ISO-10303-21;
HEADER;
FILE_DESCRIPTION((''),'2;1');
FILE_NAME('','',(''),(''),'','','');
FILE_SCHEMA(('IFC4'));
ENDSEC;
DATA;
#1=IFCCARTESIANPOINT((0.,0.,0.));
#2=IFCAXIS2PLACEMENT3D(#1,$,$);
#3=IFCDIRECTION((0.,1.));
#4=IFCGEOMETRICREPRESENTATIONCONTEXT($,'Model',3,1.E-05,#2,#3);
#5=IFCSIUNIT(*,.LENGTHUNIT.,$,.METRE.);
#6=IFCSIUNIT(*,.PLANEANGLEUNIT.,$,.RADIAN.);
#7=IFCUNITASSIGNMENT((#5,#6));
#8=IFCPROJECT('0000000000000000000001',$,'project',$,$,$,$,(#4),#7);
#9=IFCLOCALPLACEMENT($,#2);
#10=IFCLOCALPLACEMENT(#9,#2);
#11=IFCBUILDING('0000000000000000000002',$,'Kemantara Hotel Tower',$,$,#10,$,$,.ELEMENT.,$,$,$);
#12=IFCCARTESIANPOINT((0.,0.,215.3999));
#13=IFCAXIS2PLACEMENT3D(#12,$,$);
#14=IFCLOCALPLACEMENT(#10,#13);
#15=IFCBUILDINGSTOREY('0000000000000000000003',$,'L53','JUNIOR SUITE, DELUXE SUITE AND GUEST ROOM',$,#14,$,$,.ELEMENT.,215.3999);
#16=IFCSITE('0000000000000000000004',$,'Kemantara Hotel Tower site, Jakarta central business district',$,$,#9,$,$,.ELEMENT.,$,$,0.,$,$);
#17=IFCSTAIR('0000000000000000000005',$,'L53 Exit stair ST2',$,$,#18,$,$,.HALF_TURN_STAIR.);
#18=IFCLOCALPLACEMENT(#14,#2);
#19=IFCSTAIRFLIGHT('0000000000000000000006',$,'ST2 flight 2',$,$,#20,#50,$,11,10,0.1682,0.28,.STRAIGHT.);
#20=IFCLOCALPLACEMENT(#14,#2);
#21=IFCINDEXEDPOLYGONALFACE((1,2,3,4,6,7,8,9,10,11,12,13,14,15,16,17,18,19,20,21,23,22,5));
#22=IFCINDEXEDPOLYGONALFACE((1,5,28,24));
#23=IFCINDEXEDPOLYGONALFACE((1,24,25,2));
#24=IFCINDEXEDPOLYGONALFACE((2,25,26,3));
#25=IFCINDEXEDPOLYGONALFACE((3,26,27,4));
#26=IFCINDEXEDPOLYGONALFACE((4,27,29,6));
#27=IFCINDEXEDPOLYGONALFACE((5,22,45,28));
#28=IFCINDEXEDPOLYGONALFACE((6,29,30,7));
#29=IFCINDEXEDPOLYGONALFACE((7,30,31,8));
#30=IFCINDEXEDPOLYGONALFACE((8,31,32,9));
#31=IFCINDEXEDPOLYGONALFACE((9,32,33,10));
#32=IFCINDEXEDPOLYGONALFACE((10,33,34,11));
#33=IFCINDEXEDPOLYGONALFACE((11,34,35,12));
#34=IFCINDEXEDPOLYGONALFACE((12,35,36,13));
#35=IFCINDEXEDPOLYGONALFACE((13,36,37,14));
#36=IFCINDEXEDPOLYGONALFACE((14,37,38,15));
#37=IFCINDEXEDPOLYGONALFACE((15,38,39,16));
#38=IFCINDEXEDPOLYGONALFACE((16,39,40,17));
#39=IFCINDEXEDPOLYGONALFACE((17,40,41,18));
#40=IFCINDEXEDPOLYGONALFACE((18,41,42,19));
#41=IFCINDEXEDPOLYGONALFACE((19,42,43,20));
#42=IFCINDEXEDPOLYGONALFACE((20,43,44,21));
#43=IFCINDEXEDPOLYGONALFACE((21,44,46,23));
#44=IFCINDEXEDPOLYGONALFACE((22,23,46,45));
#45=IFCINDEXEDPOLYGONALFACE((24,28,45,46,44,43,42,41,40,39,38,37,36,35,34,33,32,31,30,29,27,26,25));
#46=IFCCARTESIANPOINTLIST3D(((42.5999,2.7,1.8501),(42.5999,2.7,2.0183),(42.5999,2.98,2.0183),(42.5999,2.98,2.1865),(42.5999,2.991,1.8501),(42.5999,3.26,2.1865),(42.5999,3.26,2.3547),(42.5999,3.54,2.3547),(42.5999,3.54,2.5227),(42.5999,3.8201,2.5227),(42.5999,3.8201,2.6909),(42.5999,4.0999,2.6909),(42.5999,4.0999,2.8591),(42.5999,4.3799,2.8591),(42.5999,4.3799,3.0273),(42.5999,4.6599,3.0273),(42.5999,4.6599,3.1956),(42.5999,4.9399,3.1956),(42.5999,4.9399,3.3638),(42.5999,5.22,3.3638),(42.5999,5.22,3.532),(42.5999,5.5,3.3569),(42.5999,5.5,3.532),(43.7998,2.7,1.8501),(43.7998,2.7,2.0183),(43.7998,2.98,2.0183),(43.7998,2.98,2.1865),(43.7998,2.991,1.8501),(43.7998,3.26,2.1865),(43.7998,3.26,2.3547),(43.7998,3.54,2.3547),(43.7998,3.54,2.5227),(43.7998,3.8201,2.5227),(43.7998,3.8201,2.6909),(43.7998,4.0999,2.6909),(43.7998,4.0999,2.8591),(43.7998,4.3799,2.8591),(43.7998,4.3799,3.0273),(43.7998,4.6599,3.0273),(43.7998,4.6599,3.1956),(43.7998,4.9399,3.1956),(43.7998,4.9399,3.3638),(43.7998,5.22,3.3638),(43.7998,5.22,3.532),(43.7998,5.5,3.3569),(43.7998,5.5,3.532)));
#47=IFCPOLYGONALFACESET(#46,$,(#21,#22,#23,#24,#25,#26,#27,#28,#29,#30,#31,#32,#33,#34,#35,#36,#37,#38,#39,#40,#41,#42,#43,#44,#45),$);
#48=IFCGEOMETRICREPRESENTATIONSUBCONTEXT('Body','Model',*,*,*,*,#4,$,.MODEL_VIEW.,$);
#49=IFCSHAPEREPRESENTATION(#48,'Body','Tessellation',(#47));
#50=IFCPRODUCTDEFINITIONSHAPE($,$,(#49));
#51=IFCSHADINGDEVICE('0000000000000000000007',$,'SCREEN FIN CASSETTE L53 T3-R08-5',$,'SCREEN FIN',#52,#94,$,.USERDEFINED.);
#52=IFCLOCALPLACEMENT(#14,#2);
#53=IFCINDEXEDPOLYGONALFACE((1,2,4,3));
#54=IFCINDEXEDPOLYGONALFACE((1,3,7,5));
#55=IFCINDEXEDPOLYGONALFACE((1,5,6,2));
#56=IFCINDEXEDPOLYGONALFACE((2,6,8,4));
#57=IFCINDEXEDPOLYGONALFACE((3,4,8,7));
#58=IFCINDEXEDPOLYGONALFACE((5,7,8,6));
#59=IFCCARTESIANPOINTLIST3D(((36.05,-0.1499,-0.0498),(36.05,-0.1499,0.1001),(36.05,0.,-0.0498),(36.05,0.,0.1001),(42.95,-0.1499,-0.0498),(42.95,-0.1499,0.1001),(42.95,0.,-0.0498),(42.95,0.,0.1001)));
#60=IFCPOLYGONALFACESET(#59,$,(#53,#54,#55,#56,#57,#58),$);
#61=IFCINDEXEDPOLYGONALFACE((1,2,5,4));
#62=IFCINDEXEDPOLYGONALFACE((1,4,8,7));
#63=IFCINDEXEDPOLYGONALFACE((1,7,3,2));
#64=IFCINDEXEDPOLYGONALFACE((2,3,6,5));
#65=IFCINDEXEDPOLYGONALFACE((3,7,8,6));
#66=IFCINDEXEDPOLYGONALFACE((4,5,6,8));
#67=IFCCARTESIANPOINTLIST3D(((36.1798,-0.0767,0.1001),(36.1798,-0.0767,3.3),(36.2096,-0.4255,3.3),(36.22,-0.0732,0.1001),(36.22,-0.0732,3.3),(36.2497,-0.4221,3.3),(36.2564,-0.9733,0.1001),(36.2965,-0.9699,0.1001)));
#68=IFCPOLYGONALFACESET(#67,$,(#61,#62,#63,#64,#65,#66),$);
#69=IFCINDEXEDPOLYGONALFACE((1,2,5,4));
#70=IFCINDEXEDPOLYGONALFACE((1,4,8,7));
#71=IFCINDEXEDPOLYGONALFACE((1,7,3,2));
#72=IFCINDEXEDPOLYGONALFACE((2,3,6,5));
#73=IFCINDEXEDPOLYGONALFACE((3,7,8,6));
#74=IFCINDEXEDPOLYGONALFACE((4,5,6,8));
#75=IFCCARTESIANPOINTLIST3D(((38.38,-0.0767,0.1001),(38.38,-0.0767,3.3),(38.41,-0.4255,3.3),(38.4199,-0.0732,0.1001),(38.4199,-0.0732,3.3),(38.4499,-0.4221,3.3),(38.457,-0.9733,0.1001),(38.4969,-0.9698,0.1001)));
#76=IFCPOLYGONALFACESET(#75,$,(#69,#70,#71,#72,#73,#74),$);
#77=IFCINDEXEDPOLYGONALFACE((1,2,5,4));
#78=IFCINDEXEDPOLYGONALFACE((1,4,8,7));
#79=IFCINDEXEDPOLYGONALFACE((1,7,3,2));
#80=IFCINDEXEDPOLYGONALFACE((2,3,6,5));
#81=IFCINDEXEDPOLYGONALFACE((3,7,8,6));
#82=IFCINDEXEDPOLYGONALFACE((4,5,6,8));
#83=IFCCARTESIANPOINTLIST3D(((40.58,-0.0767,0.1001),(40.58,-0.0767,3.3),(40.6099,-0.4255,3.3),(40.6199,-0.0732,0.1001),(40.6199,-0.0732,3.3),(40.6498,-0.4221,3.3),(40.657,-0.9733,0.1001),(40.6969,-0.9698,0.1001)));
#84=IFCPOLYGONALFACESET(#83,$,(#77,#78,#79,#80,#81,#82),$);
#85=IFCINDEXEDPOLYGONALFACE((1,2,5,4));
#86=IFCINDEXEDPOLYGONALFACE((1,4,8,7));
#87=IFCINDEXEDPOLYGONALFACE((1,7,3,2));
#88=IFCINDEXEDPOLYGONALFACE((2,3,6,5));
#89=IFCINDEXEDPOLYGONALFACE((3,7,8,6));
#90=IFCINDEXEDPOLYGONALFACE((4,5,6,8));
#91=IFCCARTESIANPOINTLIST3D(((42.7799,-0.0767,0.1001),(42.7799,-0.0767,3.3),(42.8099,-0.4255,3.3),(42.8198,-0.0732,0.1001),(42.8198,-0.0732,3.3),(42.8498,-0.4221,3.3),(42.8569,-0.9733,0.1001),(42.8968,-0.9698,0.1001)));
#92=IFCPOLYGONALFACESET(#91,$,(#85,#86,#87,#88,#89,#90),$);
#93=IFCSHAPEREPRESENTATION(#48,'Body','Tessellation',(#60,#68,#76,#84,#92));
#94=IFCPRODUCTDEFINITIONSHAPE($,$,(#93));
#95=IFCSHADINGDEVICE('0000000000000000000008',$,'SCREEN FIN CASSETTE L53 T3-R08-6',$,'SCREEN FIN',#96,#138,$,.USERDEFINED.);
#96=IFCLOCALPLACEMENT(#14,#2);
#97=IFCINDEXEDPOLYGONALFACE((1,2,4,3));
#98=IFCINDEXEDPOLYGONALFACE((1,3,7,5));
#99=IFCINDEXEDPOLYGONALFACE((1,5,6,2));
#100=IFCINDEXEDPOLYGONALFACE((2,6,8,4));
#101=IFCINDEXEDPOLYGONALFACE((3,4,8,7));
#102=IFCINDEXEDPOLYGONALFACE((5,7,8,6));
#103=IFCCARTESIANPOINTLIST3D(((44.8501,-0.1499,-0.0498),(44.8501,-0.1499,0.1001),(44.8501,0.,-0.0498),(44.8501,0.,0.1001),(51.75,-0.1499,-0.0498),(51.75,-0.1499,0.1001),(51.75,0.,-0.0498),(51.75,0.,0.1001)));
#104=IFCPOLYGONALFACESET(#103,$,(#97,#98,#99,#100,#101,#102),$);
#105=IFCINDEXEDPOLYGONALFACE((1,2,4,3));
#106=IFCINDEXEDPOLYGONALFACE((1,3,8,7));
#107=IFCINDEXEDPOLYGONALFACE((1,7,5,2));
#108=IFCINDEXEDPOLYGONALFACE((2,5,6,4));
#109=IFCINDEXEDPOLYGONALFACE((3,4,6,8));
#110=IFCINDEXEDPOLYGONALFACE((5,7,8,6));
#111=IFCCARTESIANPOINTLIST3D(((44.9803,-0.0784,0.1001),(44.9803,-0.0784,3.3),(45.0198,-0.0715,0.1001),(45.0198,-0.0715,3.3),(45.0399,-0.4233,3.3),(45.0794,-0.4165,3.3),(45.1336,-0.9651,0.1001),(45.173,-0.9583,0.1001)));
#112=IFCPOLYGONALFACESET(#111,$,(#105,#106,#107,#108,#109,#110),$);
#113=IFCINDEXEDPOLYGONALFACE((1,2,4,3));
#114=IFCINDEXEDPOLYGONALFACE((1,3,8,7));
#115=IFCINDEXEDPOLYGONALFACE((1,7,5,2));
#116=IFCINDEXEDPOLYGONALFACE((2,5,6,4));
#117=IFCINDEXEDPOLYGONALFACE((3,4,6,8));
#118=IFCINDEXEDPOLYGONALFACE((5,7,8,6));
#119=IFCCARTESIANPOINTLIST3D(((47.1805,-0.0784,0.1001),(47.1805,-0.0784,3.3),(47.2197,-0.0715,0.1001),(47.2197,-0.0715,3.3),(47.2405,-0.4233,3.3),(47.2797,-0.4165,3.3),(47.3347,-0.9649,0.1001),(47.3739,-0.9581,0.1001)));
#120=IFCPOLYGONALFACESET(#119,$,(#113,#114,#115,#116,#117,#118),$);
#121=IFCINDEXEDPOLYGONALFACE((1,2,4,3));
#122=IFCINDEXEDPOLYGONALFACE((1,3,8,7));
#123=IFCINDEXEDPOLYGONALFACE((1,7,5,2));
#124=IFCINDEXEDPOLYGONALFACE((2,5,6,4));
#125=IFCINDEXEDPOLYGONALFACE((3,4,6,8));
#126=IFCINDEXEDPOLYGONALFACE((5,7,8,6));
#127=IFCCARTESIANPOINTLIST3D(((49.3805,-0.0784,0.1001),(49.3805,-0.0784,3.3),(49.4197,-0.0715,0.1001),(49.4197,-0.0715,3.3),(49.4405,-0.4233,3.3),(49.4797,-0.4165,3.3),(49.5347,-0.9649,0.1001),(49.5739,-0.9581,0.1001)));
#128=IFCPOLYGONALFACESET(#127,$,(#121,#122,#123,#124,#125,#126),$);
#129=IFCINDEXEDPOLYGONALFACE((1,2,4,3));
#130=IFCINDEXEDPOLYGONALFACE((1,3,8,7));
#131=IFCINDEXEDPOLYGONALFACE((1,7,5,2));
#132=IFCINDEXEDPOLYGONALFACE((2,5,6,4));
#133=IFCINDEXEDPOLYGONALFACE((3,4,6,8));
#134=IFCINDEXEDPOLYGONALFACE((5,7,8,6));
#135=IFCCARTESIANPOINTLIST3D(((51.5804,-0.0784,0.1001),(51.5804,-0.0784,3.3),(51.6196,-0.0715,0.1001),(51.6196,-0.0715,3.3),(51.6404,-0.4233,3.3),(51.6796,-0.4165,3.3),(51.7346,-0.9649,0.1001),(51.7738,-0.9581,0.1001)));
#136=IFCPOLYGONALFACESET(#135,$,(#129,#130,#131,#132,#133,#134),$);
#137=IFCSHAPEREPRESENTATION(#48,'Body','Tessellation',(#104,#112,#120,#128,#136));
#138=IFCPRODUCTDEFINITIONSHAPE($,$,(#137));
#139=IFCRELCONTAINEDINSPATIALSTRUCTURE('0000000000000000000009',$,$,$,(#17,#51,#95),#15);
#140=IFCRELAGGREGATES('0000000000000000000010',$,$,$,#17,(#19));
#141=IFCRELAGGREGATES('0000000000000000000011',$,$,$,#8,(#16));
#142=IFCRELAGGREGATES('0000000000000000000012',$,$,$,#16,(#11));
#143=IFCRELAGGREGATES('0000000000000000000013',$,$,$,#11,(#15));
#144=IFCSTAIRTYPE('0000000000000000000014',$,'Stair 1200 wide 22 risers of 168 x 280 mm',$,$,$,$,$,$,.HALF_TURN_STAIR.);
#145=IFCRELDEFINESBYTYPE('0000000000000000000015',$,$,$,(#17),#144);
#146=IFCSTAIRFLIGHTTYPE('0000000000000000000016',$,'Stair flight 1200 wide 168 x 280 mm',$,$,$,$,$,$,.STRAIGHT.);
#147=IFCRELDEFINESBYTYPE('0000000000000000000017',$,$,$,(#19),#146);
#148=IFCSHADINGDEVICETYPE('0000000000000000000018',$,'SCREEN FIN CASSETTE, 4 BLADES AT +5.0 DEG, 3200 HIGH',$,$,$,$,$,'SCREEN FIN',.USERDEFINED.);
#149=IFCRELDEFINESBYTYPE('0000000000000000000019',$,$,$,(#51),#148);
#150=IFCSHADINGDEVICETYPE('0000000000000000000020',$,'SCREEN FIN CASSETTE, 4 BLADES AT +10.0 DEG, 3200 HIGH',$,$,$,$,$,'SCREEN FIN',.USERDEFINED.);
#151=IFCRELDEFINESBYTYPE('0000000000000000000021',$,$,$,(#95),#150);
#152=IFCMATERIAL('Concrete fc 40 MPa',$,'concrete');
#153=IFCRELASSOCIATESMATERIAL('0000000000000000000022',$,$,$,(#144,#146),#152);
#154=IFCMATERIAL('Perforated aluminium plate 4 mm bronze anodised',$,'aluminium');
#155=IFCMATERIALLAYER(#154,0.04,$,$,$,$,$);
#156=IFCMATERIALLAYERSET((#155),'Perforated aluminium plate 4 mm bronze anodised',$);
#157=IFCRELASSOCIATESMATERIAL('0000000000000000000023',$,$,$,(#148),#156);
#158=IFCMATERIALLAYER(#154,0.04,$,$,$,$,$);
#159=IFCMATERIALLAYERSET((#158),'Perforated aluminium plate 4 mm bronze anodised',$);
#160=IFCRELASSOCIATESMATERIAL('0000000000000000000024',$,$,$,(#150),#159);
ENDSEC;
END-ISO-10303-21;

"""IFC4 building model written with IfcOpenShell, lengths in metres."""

from ifc_helpers import new_model, si_unit, direction, frame, origin, origin_2d, place, context, subcontext, project, spatial, polyline, rectangle, outline, extrude, source, transform, mapped, material, layer, layer_set, type_object, element, aggregate, save


model = new_model("IFC4")

# Units and contexts
model_context = context("Model", 3, precision=1e-05, world=origin(), true_north=direction((0.0, 1.0)))
body_context = subcontext(model_context, "Body", "Model", "MODEL_VIEW")
ifc_project = project(units=[si_unit("LENGTHUNIT", "METRE"), si_unit("PLANEANGLEUNIT", "RADIAN")], contexts=[model_context])

# Site, building, storey
site_placement = place(None, origin())
site = spatial("IfcSite", under=ifc_project, at=site_placement, Name="Kemantara Hotel Tower site, Jakarta central business district", CompositionType="ELEMENT", RefElevation=0.0)
building_placement = place(site_placement, origin())
building = spatial("IfcBuilding", under=site, at=building_placement, Name="Kemantara Hotel Tower", CompositionType="ELEMENT")
storey_placement = place(building_placement, frame((0.0, 0.0, 215.3999)))
storey = spatial("IfcBuildingStorey", under=building, at=storey_placement, Name="L53", Description="JUNIOR SUITE, DELUXE SUITE AND GUEST ROOM", CompositionType="ELEMENT", Elevation=215.3999)

# Stair, stair flight
ifc_material_1 = material(Name="Concrete fc 40 MPa", Category="concrete")
stair_type = type_object("IfcStairType", Name="Stair 1200 wide 22 risers of 168 x 280 mm", PredefinedType="HALF_TURN_STAIR", material=ifc_material_1)
stair_placement = place(storey_placement, origin())
stair = element("IfcStair", 1, at=stair_placement, inside=storey, type_object=stair_type, Name="L53 Exit stair ST2", PredefinedType="HALF_TURN_STAIR")
stair_flight_type = type_object("IfcStairFlightType", Name="Stair flight 1200 wide 168 x 280 mm", PredefinedType="STRAIGHT", material=ifc_material_1)
stair_flight_1_placement = place(storey_placement, frame((43.2, 2.7, 1.8501), z_axis=(0.0, 0.0, 1.0), x_axis=(0.0, 1.0, 0.0)))
stair_flight_1 = element("IfcStairFlight", 2, at=stair_flight_1_placement, type_object=stair_flight_type, Name="ST2 flight 2", NumberOfRisers=11, NumberOfTreads=10, PredefinedType="STRAIGHT", RiserHeight=0.1682, TreadLength=0.28, context=body_context, shape_type="SweptSolid", body=[
    extrude(outline(polyline([(0.0, 0.0), (0.0, 0.1682), (0.28, 0.1682), (0.28, 0.3364), (0.5601, 0.3364), (0.5601, 0.5046), (0.8401, 0.5046), (0.8401, 0.6726), (1.1201, 0.6726), (1.1201, 0.8408), (1.3999, 0.8408), (1.3999, 1.009), (1.6799, 1.009), (1.6799, 1.1772), (1.96, 1.1772), (1.96, 1.3455), (2.24, 1.3455), (2.24, 1.5137), (2.52, 1.5137), (2.52, 1.6819), (2.8, 1.6819), (2.8, 1.8501), (2.8, 1.5068), (0.291, 0.0), (0.0, 0.0)])), frame((0.0, 0.6001, 0.0), z_axis=(0.0, -1.0, 0.0), x_axis=(1.0, 0.0, 0.0)), (0.0, 0.0, 1.0), 1.2),
])
aggregate(stair, [stair_flight_1])

# Shading devices
ifc_material_2 = material(Name="Perforated aluminium plate 4 mm bronze anodised", Category="aluminium")
ifc_layer_1 = layer(ifc_material_2, 0.04)
ifc_layer_set_1 = layer_set([ifc_layer_1], Name="Perforated aluminium plate 4 mm bronze anodised")
shading_device_type_1 = type_object("IfcShadingDeviceType", Name="SCREEN FIN CASSETTE, 4 BLADES AT +5.0 DEG, 3200 HIGH", ElementType="SCREEN FIN", PredefinedType="USERDEFINED", material=ifc_layer_set_1)
shared_shape_1 = source(origin(), body_context, "Body", "SweptSolid", [
    extrude(rectangle(XDim=6.8999, YDim=0.1499, at=origin_2d()), frame((3.3, -0.075, -0.1499), z_axis=(0.0, 0.0, 1.0), x_axis=(1.0, 0.0, 0.0)), (0.0, 0.0, 1.0), 0.1499),
    extrude(outline(polyline([(0.0, 0.0), (0.8999, 0.0), (0.3501, 3.2), (0.0, 3.2), (0.0, 0.0)])), frame((0.02, -0.0732, 0.0), z_axis=(-0.996376, -0.085056, 0.0), x_axis=(0.085056, -0.996376, 0.0)), (0.0, 0.0, 1.0), 0.0403),
    extrude(outline(polyline([(0.0, 0.0), (0.8999, 0.0), (0.3501, 3.2), (0.0, 3.2), (0.0, 0.0)])), frame((2.22, -0.0732, 0.0), z_axis=(-0.996332, -0.085575, 0.0), x_axis=(0.085575, -0.996332, 0.0)), (0.0, 0.0, 1.0), 0.04),
    extrude(outline(polyline([(0.0, 0.0), (0.8999, 0.0), (0.3501, 3.2), (0.0, 3.2), (0.0, 0.0)])), frame((4.4199, -0.0732, 0.0), z_axis=(-0.996332, -0.085575, 0.0), x_axis=(0.085575, -0.996332, 0.0)), (0.0, 0.0, 1.0), 0.04),
    extrude(outline(polyline([(0.0, 0.0), (0.8999, 0.0), (0.3501, 3.2), (0.0, 3.2), (0.0, 0.0)])), frame((6.6199, -0.0732, 0.0), z_axis=(-0.996332, -0.085575, 0.0), x_axis=(0.085575, -0.996332, 0.0)), (0.0, 0.0, 1.0), 0.04),
])
shading_device_1_placement = place(storey_placement, frame((36.2, 0.0, 0.1001), z_axis=(0.0, 0.0, 1.0), x_axis=(1.0, 0.0, 0.0)))
element("IfcShadingDevice", 3, at=shading_device_1_placement, inside=storey, type_object=shading_device_type_1, Name="SCREEN FIN CASSETTE L53 T3-R08-5", ObjectType="SCREEN FIN", PredefinedType="USERDEFINED", context=body_context, shape_type="MappedRepresentation", body=[
    mapped(shared_shape_1, transform((0.0, 0.0, 0.0))),
])
ifc_layer_2 = layer(ifc_material_2, 0.04)
ifc_layer_set_2 = layer_set([ifc_layer_2], Name="Perforated aluminium plate 4 mm bronze anodised")
shading_device_type_2 = type_object("IfcShadingDeviceType", Name="SCREEN FIN CASSETTE, 4 BLADES AT +10.0 DEG, 3200 HIGH", ElementType="SCREEN FIN", PredefinedType="USERDEFINED", material=ifc_layer_set_2)
shared_shape_2 = source(origin(), body_context, "Body", "SweptSolid", [
    extrude(rectangle(XDim=6.8999, YDim=0.1499, at=origin_2d()), frame((3.3, -0.075, -0.1499), z_axis=(0.0, 0.0, 1.0), x_axis=(1.0, 0.0, 0.0)), (0.0, 0.0, 1.0), 0.1499),
    extrude(outline(polyline([(0.0, 0.0), (0.8999, 0.0), (0.3501, 3.2), (0.0, 3.2), (0.0, 0.0)])), frame((0.0198, -0.0715, 0.0), z_axis=(-0.98539, -0.170314, 0.0), x_axis=(0.170314, -0.98539, 0.0)), (0.0, 0.0, 1.0), 0.04),
    extrude(outline(polyline([(0.0, 0.0), (0.8999, 0.0), (0.3501, 3.2), (0.0, 3.2), (0.0, 0.0)])), frame((2.2197, -0.0715, 0.0), z_axis=(-0.985212, -0.171341, 0.0), x_axis=(0.171341, -0.985212, 0.0)), (0.0, 0.0, 1.0), 0.0398),
    extrude(outline(polyline([(0.0, 0.0), (0.8999, 0.0), (0.3501, 3.2), (0.0, 3.2), (0.0, 0.0)])), frame((4.4197, -0.0715, 0.0), z_axis=(-0.985212, -0.171341, 0.0), x_axis=(0.171341, -0.985212, 0.0)), (0.0, 0.0, 1.0), 0.0398),
    extrude(outline(polyline([(0.0, 0.0), (0.8999, 0.0), (0.3501, 3.2), (0.0, 3.2), (0.0, 0.0)])), frame((6.6196, -0.0715, 0.0), z_axis=(-0.985212, -0.171341, 0.0), x_axis=(0.171341, -0.985212, 0.0)), (0.0, 0.0, 1.0), 0.0398),
])
shading_device_2_placement = place(storey_placement, frame((45.0, 0.0, 0.1001), z_axis=(0.0, 0.0, 1.0), x_axis=(1.0, 0.0, 0.0)))
element("IfcShadingDevice", 4, at=shading_device_2_placement, inside=storey, type_object=shading_device_type_2, Name="SCREEN FIN CASSETTE L53 T3-R08-6", ObjectType="SCREEN FIN", PredefinedType="USERDEFINED", context=body_context, shape_type="MappedRepresentation", body=[
    mapped(shared_shape_2, transform((0.0, 0.0, 0.0))),
])

save(model, "model.ifc")
